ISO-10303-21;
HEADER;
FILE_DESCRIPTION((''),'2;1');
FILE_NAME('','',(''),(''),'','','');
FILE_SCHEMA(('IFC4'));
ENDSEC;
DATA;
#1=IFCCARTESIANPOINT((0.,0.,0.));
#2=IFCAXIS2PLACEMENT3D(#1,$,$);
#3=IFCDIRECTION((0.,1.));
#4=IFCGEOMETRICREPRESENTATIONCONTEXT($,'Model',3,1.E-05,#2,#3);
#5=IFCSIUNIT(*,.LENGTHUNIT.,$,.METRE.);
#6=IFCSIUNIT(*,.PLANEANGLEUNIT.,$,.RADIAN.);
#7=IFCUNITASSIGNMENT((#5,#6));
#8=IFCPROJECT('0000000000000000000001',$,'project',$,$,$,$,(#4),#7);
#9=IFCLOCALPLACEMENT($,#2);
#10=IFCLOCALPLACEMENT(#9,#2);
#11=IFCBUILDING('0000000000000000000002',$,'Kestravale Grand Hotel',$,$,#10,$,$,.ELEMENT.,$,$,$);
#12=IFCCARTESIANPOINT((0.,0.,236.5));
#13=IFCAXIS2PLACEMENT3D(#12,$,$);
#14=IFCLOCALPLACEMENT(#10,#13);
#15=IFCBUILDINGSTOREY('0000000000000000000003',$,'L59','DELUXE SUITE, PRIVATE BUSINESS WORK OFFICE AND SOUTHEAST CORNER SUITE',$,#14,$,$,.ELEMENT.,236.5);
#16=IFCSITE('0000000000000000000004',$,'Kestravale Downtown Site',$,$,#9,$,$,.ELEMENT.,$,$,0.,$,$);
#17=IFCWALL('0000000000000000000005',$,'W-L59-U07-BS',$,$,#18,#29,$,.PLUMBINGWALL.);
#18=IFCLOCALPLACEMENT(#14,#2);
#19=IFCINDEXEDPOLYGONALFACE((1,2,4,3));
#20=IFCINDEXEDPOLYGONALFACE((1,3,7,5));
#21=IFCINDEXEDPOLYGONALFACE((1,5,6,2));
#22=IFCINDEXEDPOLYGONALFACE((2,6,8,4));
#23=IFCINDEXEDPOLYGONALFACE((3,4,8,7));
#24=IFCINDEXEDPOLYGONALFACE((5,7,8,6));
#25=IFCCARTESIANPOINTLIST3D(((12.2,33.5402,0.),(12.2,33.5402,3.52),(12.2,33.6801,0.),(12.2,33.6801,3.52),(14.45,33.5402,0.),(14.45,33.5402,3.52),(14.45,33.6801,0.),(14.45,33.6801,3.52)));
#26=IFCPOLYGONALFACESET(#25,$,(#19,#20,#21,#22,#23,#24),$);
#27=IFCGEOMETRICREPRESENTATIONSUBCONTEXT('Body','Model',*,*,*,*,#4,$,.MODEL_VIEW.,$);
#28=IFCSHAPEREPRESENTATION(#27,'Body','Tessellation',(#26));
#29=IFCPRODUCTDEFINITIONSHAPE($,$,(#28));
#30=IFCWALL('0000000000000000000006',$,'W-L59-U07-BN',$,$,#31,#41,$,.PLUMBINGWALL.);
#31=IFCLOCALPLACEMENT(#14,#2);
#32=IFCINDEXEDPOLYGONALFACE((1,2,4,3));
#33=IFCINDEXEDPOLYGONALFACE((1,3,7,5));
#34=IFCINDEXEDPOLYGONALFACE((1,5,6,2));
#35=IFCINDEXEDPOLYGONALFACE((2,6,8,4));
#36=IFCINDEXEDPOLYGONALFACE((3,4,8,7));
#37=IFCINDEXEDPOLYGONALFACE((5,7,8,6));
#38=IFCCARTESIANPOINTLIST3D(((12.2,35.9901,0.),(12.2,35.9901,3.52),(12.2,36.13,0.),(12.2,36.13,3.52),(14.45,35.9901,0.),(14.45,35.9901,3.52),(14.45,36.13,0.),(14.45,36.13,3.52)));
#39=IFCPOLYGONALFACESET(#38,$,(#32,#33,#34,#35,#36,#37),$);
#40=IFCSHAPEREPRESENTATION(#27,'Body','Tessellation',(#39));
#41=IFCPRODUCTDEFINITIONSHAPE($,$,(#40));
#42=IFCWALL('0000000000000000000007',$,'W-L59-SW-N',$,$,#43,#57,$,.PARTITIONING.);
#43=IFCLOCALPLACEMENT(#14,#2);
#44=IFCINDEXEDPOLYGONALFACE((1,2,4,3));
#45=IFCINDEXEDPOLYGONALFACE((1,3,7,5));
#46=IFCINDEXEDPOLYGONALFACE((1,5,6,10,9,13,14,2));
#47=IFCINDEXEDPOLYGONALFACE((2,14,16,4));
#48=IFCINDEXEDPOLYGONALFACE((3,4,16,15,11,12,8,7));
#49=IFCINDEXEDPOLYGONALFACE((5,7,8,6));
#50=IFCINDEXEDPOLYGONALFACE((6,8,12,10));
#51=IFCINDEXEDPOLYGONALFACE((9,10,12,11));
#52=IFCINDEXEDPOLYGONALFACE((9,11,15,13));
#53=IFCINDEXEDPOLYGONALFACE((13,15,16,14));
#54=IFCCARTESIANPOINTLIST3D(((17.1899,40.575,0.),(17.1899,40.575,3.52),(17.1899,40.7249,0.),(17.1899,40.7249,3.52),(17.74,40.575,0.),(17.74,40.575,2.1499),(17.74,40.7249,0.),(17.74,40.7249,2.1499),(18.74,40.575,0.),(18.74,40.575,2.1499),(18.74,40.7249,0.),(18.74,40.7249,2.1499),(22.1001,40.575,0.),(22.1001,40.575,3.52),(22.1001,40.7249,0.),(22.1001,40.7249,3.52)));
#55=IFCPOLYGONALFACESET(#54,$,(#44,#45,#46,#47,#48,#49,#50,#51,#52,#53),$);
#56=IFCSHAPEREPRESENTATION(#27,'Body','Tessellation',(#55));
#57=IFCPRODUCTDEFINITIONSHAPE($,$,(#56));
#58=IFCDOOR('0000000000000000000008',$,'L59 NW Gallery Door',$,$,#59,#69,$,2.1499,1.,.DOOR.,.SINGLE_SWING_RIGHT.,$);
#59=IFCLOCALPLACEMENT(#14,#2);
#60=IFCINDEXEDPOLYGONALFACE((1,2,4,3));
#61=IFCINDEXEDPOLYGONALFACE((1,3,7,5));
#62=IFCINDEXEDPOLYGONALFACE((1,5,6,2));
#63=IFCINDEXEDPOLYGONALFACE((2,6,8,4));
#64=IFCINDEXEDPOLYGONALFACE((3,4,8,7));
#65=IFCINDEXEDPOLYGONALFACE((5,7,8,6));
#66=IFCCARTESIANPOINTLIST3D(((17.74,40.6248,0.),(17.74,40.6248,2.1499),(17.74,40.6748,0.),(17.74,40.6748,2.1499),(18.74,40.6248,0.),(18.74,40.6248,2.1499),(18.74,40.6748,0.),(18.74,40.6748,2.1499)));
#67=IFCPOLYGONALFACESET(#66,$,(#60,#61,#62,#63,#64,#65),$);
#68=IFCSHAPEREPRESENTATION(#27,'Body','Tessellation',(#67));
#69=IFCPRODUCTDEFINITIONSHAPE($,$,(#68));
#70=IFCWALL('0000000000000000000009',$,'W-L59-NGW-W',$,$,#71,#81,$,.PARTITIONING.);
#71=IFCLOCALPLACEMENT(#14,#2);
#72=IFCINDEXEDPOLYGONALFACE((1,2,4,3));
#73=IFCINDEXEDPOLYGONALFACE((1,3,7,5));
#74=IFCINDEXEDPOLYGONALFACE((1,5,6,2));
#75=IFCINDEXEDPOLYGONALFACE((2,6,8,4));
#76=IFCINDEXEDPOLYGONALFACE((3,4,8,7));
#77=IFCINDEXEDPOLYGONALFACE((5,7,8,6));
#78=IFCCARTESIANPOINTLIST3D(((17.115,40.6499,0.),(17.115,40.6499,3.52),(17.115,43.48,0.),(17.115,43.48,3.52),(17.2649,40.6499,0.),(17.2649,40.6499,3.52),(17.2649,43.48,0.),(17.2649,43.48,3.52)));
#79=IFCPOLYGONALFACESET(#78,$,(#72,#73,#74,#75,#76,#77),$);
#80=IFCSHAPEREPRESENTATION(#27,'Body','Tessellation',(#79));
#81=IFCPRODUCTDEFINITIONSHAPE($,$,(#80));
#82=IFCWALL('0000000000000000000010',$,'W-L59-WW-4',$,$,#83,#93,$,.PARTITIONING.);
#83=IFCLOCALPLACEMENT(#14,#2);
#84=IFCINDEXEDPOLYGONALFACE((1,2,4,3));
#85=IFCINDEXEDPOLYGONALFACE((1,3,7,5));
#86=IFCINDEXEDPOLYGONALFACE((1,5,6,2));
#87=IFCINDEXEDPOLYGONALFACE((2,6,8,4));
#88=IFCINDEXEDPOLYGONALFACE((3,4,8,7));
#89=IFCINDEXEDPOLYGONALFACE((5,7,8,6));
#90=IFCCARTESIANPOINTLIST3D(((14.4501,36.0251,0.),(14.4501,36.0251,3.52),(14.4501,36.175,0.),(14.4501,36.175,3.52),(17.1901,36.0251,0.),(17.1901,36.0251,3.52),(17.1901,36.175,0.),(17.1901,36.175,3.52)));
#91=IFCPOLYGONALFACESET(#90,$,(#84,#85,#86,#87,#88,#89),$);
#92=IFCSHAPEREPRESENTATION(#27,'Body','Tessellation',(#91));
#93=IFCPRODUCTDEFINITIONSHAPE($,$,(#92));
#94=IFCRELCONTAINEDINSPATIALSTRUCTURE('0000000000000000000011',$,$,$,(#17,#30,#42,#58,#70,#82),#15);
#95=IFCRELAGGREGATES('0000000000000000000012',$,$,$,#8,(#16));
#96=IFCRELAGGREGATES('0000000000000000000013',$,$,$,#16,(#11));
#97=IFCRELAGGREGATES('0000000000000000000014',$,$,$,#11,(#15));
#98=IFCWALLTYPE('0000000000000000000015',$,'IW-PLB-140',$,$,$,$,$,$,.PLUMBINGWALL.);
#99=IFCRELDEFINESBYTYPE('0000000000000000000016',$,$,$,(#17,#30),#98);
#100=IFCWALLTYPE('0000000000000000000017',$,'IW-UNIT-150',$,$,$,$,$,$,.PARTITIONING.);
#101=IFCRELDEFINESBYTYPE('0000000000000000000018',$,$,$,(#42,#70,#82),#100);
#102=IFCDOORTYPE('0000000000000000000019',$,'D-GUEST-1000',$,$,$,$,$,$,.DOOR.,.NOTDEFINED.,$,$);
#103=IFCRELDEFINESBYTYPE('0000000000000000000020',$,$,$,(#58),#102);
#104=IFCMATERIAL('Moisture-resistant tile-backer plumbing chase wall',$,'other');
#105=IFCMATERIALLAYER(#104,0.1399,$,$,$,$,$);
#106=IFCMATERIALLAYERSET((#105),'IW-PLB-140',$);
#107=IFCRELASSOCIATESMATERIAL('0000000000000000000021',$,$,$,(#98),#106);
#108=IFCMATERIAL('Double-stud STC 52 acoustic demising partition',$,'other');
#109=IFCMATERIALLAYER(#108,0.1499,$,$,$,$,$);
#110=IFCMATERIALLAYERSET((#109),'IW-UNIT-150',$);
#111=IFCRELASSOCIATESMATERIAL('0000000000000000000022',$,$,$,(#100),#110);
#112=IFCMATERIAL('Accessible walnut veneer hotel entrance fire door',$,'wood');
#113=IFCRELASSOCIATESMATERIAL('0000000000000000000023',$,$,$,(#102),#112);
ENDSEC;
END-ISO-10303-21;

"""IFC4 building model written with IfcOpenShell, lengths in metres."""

from ifc_helpers import new_model, si_unit, direction, frame, frame_2d, origin, place, context, subcontext, project, spatial, rectangle, extrude, material, layer, layer_set, type_object, element, fill, save


model = new_model("IFC4")

# Units and contexts
model_context = context("Model", 3, precision=1e-05, world=origin(), true_north=direction((0.0, 1.0)))
body_context = subcontext(model_context, "Body", "Model", "MODEL_VIEW")
ifc_project = project(units=[si_unit("LENGTHUNIT", "METRE"), si_unit("PLANEANGLEUNIT", "RADIAN")], contexts=[model_context])

# Site, building, storey
site_placement = place(None, origin())
site = spatial("IfcSite", under=ifc_project, at=site_placement, Name="Kestravale Downtown Site", CompositionType="ELEMENT", RefElevation=0.0)
building_placement = place(site_placement, origin())
building = spatial("IfcBuilding", under=site, at=building_placement, Name="Kestravale Grand Hotel", CompositionType="ELEMENT")
storey_placement = place(building_placement, frame((0.0, 0.0, 236.5)))
storey = spatial("IfcBuildingStorey", under=building, at=storey_placement, Name="L59", Description="DELUXE SUITE, PRIVATE BUSINESS WORK OFFICE AND SOUTHEAST CORNER SUITE", CompositionType="ELEMENT", Elevation=236.5)

# Shared definitions
ifc_material_1 = material(Name="Moisture-resistant tile-backer plumbing chase wall", Category="other")
ifc_layer_1 = layer(ifc_material_1, 0.1399)
ifc_layer_set_1 = layer_set([ifc_layer_1], Name="IW-PLB-140")
wall_type_1 = type_object("IfcWallType", Name="IW-PLB-140", PredefinedType="PLUMBINGWALL", material=ifc_layer_set_1)

# Walls
for number, where, z_axis, x_axis, name in (
    (1, (12.2, 33.6101, 0.0), (0.0, 0.0, 1.0), (1.0, 0.0, 0.0), "W-L59-U07-BS"),
    (2, (12.2, 36.0601, 0.0), (0.0, 0.0, 1.0), (1.0, 0.0, 0.0), "W-L59-U07-BN"),
):
    element("IfcWall", number, at=place(storey_placement, frame(where, z_axis=z_axis, x_axis=x_axis)), inside=storey, type_object=wall_type_1, Name=name, PredefinedType="PLUMBINGWALL", context=body_context, shape_type="SweptSolid", body=[
        extrude(rectangle(XDim=2.25, YDim=0.1399, at=frame_2d((1.125, 0.0))), origin(), (0.0, 0.0, 1.0), 3.52),
    ])

# Wall, opening, door
ifc_material_2 = material(Name="Double-stud STC 52 acoustic demising partition", Category="other")
ifc_layer_2 = layer(ifc_material_2, 0.1499)
ifc_layer_set_2 = layer_set([ifc_layer_2], Name="IW-UNIT-150")
wall_type_2 = type_object("IfcWallType", Name="IW-UNIT-150", PredefinedType="PARTITIONING", material=ifc_layer_set_2)
wall_1_placement = place(storey_placement, frame((17.1899, 40.6499, 0.0), z_axis=(0.0, 0.0, 1.0), x_axis=(1.0, 0.0, 0.0)))
wall_1 = element("IfcWall", 3, at=wall_1_placement, inside=storey, type_object=wall_type_2, Name="W-L59-SW-N", PredefinedType="PARTITIONING", context=body_context, shape_type="SweptSolid", body=[
    extrude(rectangle(XDim=4.9102, YDim=0.1499, at=frame_2d((2.4551, 0.0))), origin(), (0.0, 0.0, 1.0), 3.52),
])
opening_1_placement = place(wall_1_placement, frame((0.55, 0.0, 0.0)))
opening_1 = element("IfcOpeningElement", 4, at=opening_1_placement, cuts=wall_1, PredefinedType="OPENING", context=body_context, shape_type="SweptSolid", body=[
    extrude(rectangle(XDim=1.0, YDim=2.1499, at=frame_2d((0.5, 1.075))), frame((0.0, 0.085, 0.0), z_axis=(0.0, -1.0, 0.0), x_axis=(1.0, 0.0, 0.0)), (0.0, 0.0, 1.0), 0.1699),
])
ifc_material_3 = material(Name="Accessible walnut veneer hotel entrance fire door", Category="wood")
door_type_1 = type_object("IfcDoorType", Name="D-GUEST-1000", OperationType="NOTDEFINED", PredefinedType="DOOR", material=ifc_material_3)
door_1_placement = place(opening_1_placement, origin())
door_1 = element("IfcDoor", 5, at=door_1_placement, inside=storey, type_object=door_type_1, Name="L59 NW Gallery Door", OperationType="SINGLE_SWING_RIGHT", OverallHeight=2.1499, OverallWidth=1.0, PredefinedType="DOOR", context=body_context, shape_type="SweptSolid", body=[
    extrude(rectangle(XDim=1.0, YDim=2.1499, at=frame_2d((0.5, 1.075))), frame((0.0, 0.0249, 0.0), z_axis=(0.0, -1.0, 0.0), x_axis=(1.0, 0.0, 0.0)), (0.0, 0.0, 1.0), 0.05),
])
fill(opening_1, door_1)

# Walls
wall_2_placement = place(storey_placement, frame((17.1899, 40.6499, 0.0), z_axis=(0.0, 0.0, 1.0), x_axis=(0.0, 1.0, 0.0)))
element("IfcWall", 6, at=wall_2_placement, inside=storey, type_object=wall_type_2, Name="W-L59-NGW-W", PredefinedType="PARTITIONING", context=body_context, shape_type="SweptSolid", body=[
    extrude(rectangle(XDim=2.8301, YDim=0.1499, at=frame_2d((1.415, 0.0))), origin(), (0.0, 0.0, 1.0), 3.52),
])
wall_3_placement = place(storey_placement, frame((14.45, 36.1001, 0.0), z_axis=(0.0, 0.0, 1.0), x_axis=(1.0, 0.0, 0.0)))
element("IfcWall", 7, at=wall_3_placement, inside=storey, type_object=wall_type_2, Name="W-L59-WW-4", PredefinedType="PARTITIONING", context=body_context, shape_type="SweptSolid", body=[
    extrude(rectangle(XDim=2.74, YDim=0.1499, at=frame_2d((1.3701, 0.0))), origin(), (0.0, 0.0, 1.0), 3.52),
])

save(model, "model.ifc")
